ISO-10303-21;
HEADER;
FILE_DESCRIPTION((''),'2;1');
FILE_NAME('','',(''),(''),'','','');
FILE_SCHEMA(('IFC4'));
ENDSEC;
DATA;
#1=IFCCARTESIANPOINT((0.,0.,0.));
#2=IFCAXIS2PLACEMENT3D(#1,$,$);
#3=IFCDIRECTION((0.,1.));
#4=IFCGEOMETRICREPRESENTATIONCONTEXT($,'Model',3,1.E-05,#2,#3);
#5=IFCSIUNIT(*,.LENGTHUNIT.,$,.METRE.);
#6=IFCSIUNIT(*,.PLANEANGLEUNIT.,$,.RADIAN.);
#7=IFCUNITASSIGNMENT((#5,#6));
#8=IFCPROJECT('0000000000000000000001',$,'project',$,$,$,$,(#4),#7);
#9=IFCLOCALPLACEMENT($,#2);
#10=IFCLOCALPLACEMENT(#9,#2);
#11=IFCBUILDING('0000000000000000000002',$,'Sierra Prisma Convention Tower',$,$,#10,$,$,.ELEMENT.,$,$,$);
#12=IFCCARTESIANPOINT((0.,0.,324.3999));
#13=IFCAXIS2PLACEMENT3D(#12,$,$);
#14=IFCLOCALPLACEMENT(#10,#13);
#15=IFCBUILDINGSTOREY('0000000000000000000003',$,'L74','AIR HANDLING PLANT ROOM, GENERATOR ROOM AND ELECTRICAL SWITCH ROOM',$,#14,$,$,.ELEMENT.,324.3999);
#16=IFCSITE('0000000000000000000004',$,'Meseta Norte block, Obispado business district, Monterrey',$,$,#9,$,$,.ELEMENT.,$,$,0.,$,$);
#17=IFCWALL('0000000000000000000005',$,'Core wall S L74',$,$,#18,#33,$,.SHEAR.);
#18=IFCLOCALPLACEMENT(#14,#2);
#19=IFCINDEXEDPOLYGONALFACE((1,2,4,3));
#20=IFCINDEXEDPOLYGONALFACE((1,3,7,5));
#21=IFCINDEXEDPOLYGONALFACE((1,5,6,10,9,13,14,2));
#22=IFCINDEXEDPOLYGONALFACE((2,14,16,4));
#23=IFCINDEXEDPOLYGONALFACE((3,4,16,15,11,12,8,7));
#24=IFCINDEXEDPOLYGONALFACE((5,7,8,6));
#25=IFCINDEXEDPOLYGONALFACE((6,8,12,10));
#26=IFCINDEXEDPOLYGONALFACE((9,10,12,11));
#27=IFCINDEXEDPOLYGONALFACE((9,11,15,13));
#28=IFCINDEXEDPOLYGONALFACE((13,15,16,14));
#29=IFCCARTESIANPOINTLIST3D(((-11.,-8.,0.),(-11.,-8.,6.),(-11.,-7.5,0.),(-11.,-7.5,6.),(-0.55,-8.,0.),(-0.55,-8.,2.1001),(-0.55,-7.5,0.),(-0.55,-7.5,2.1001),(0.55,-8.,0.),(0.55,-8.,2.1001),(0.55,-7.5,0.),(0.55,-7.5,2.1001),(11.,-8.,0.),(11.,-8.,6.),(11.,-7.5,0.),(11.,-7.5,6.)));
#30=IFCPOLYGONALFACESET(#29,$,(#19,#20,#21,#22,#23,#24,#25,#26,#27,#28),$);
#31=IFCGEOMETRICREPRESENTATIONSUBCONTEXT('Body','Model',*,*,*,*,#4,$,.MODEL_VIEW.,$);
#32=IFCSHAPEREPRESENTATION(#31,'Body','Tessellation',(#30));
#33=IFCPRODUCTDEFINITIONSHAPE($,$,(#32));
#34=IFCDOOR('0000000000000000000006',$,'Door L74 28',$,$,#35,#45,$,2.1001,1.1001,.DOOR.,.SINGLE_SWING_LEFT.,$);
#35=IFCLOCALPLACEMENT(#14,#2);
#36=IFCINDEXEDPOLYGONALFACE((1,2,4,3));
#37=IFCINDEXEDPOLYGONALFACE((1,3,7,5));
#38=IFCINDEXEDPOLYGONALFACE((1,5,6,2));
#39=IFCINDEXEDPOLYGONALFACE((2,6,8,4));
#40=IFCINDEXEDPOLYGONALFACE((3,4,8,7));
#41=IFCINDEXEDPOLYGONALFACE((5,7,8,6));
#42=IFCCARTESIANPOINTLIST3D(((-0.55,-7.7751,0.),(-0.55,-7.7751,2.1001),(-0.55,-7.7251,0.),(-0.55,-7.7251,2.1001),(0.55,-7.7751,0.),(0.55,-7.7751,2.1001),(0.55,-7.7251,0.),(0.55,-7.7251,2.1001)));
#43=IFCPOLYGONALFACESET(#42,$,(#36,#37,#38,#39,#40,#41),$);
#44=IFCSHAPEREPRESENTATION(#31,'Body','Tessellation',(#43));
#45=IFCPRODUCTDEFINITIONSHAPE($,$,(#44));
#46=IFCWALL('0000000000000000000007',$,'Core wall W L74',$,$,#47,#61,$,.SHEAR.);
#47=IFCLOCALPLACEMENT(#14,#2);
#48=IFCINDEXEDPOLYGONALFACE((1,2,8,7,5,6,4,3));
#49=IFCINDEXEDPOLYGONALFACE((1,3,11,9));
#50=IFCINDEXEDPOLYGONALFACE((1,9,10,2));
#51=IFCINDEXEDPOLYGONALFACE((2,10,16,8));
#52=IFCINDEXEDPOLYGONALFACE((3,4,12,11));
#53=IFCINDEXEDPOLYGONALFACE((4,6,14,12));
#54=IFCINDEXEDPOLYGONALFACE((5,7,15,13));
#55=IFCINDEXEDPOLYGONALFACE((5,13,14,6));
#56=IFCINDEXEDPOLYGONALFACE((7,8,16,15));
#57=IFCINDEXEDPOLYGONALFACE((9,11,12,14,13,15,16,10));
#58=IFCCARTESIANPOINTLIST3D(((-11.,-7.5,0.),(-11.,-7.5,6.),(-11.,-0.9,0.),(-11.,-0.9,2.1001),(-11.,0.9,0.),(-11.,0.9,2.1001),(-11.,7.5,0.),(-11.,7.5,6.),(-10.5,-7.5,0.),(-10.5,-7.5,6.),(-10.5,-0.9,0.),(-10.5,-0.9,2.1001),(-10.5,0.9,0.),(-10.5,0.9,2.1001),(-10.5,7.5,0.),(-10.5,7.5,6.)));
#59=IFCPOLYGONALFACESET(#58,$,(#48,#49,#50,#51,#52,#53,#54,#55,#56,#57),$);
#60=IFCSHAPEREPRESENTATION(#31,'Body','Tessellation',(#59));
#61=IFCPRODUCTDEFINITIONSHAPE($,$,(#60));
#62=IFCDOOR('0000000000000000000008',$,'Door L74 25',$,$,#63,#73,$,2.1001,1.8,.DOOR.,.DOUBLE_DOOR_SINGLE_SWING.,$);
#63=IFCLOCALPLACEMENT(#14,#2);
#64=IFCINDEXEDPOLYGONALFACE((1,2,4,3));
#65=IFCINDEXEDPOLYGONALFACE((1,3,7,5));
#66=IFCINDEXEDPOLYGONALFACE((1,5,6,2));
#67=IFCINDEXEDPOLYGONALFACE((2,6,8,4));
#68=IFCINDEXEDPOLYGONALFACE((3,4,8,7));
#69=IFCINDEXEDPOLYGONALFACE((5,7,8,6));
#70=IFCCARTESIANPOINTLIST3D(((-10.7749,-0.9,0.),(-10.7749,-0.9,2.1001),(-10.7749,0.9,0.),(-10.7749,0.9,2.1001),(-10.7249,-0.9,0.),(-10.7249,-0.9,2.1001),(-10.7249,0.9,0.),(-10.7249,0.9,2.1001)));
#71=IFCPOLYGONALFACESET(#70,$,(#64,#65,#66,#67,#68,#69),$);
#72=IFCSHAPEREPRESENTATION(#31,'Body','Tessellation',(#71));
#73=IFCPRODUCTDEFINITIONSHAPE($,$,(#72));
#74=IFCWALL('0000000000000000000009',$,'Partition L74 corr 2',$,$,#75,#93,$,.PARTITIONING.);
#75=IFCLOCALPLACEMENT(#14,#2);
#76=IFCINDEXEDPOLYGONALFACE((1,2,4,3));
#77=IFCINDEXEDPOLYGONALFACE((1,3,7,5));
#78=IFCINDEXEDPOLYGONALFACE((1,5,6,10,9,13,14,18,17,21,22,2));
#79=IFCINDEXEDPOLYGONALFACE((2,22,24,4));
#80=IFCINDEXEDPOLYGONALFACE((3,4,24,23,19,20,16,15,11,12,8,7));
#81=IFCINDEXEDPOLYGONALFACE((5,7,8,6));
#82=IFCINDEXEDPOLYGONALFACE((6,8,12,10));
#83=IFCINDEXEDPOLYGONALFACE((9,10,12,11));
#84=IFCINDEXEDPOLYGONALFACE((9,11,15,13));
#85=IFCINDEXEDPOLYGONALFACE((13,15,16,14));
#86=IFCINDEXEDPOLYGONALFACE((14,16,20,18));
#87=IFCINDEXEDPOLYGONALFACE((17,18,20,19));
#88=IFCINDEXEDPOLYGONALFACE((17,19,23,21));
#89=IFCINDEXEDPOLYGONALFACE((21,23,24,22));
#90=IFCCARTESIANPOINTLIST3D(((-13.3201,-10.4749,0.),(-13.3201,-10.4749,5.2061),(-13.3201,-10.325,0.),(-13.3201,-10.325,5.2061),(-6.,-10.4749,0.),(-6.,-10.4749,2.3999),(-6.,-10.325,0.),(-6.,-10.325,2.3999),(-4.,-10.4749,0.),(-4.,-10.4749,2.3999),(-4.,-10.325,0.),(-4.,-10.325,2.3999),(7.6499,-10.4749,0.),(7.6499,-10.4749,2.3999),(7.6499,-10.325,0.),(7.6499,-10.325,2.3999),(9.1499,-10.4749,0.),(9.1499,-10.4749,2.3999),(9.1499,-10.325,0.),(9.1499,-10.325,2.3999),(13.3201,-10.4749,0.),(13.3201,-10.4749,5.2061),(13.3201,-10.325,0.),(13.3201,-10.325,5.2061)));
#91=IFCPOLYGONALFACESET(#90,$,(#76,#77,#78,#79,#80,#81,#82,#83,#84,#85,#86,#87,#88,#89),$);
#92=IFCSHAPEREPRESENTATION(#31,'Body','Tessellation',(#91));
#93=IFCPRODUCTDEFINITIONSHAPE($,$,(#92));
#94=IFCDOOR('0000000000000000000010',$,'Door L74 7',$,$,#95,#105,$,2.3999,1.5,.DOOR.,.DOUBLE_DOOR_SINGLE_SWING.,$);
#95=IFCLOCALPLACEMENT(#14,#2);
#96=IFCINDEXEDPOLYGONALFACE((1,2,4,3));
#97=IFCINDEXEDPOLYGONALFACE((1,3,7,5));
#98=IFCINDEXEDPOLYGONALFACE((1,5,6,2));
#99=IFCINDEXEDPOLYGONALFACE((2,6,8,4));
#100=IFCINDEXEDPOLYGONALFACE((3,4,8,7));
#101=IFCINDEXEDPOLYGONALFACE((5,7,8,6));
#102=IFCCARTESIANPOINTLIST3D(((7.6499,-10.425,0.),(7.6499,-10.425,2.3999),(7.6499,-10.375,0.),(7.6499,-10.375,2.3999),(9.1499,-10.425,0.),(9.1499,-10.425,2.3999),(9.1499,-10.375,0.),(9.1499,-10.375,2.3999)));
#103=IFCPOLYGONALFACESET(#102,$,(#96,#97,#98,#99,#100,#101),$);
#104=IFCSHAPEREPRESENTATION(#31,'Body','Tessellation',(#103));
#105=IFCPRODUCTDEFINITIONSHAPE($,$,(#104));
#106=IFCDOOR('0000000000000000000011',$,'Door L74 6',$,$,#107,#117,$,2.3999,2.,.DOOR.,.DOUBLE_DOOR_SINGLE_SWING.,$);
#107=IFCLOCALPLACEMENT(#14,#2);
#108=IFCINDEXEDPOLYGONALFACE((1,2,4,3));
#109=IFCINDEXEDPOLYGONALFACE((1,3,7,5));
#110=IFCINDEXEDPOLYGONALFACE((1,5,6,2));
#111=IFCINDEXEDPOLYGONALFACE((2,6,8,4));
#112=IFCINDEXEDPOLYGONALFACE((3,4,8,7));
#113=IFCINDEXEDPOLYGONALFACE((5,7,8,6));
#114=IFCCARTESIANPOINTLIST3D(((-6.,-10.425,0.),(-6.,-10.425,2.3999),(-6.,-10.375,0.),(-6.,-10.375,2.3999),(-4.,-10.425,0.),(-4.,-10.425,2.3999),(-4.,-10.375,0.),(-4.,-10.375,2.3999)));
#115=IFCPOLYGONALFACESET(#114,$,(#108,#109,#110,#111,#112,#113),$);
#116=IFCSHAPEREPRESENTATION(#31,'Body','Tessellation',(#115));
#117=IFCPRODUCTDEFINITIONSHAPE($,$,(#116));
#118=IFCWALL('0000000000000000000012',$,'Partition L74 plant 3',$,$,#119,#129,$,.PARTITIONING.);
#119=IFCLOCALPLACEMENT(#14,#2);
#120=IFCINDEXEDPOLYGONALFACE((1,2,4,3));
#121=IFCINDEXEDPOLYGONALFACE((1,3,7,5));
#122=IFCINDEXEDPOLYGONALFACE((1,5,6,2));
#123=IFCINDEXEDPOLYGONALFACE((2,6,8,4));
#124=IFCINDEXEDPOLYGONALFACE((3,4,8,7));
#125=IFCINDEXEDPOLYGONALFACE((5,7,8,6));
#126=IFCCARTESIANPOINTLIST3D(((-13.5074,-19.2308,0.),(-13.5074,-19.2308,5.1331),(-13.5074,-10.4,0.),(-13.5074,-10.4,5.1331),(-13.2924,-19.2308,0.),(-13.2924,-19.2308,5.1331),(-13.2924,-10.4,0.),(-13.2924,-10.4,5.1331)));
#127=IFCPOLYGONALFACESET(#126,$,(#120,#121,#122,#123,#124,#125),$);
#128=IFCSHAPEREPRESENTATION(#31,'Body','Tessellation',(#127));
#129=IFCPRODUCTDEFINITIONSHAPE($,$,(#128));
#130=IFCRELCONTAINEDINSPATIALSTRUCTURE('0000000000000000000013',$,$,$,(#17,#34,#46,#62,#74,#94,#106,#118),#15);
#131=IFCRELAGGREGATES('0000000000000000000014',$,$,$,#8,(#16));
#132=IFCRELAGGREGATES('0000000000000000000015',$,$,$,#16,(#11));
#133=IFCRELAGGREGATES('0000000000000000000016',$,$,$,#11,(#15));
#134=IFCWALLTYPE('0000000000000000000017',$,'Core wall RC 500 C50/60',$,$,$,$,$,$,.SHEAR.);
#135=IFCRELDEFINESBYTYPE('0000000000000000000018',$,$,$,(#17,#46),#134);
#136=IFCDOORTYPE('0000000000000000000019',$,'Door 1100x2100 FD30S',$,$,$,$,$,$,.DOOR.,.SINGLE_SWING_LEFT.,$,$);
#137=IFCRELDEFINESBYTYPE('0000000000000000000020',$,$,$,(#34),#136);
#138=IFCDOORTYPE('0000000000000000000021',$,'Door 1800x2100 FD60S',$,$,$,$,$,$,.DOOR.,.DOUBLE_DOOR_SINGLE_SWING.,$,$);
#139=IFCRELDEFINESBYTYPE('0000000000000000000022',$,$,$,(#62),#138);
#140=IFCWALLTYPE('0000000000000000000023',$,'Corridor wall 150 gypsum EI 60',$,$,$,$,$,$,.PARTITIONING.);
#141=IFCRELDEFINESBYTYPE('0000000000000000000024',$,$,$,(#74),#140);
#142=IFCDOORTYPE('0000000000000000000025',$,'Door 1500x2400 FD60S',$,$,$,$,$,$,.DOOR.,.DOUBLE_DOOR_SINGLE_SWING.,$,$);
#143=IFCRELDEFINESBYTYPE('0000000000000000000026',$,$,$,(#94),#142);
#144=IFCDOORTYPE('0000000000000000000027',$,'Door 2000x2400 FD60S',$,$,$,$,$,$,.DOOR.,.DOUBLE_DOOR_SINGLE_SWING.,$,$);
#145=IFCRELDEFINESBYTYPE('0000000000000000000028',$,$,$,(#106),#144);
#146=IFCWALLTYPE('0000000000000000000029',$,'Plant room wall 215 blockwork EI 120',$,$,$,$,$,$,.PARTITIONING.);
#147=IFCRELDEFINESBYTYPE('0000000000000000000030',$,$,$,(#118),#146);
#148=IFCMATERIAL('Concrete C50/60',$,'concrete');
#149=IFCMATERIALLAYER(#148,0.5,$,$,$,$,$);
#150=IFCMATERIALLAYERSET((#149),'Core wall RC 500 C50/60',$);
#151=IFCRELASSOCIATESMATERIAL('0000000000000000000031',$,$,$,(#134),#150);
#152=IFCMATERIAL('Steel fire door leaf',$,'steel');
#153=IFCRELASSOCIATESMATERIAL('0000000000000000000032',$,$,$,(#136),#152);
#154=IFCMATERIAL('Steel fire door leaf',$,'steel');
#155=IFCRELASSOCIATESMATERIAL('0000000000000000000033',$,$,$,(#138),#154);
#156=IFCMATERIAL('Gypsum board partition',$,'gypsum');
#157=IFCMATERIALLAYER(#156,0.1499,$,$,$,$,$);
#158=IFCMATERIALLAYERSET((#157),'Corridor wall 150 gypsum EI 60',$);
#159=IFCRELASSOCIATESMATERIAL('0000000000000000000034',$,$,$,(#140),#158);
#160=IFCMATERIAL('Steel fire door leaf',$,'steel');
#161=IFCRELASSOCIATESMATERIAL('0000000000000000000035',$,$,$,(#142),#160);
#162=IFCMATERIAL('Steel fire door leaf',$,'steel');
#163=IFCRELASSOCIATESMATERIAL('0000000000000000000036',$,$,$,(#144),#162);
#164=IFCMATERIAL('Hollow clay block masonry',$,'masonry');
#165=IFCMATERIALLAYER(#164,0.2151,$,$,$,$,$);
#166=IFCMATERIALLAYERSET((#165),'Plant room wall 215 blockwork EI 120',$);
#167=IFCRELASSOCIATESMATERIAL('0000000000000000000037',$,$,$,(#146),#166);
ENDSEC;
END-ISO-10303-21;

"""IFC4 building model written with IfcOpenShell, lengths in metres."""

from ifc_helpers import new_model, si_unit, direction, frame, frame_2d, origin, place, context, subcontext, project, spatial, rectangle, extrude, material, layer, layer_set, type_object, element, fill, save


model = new_model("IFC4")

# Units and contexts
model_context = context("Model", 3, precision=1e-05, world=origin(), true_north=direction((0.0, 1.0)))
body_context = subcontext(model_context, "Body", "Model", "MODEL_VIEW")
ifc_project = project(units=[si_unit("LENGTHUNIT", "METRE"), si_unit("PLANEANGLEUNIT", "RADIAN")], contexts=[model_context])

# Site, building, storey
site_placement = place(None, origin())
site = spatial("IfcSite", under=ifc_project, at=site_placement, Name="Meseta Norte block, Obispado business district, Monterrey", CompositionType="ELEMENT", RefElevation=0.0)
building_placement = place(site_placement, origin())
building = spatial("IfcBuilding", under=site, at=building_placement, Name="Sierra Prisma Convention Tower", CompositionType="ELEMENT")
storey_placement = place(building_placement, frame((0.0, 0.0, 324.3999)))
storey = spatial("IfcBuildingStorey", under=building, at=storey_placement, Name="L74", Description="AIR HANDLING PLANT ROOM, GENERATOR ROOM AND ELECTRICAL SWITCH ROOM", CompositionType="ELEMENT", Elevation=324.3999)

# Walls, openings, doors
ifc_material_1 = material(Name="Concrete C50/60", Category="concrete")
ifc_layer_1 = layer(ifc_material_1, 0.5)
ifc_layer_set_1 = layer_set([ifc_layer_1], Name="Core wall RC 500 C50/60")
wall_type_1 = type_object("IfcWallType", Name="Core wall RC 500 C50/60", PredefinedType="SHEAR", material=ifc_layer_set_1)
wall_1_placement = place(storey_placement, frame((-11.0, -7.75, 0.0), z_axis=(0.0, 0.0, 1.0), x_axis=(1.0, 0.0, 0.0)))
wall_1 = element("IfcWall", 1, at=wall_1_placement, inside=storey, type_object=wall_type_1, Name="Core wall S L74", PredefinedType="SHEAR", context=body_context, shape_type="SweptSolid", body=[
    extrude(rectangle(XDim=22.0, YDim=0.5, at=frame_2d((11.0, 0.0))), origin(), (0.0, 0.0, 1.0), 6.0),
])
opening_1_placement = place(wall_1_placement, frame((10.45, 0.0, 0.0)))
opening_1 = element("IfcOpeningElement", 2, at=opening_1_placement, cuts=wall_1, PredefinedType="OPENING", context=body_context, shape_type="SweptSolid", body=[
    extrude(rectangle(XDim=1.1001, YDim=2.1001, at=frame_2d((0.55, 1.05))), frame((0.0, 0.25, 0.0), z_axis=(0.0, -1.0, 0.0), x_axis=(1.0, 0.0, 0.0)), (0.0, 0.0, 1.0), 0.5),
])
ifc_material_2 = material(Name="Steel fire door leaf", Category="steel")
door_type_1 = type_object("IfcDoorType", Name="Door 1100x2100 FD30S", OperationType="SINGLE_SWING_LEFT", PredefinedType="DOOR", material=ifc_material_2)
door_1_placement = place(opening_1_placement, origin())
door_1 = element("IfcDoor", 3, at=door_1_placement, inside=storey, type_object=door_type_1, Name="Door L74 28", OperationType="SINGLE_SWING_LEFT", OverallHeight=2.1001, OverallWidth=1.1001, PredefinedType="DOOR", context=body_context, shape_type="SweptSolid", body=[
    extrude(rectangle(XDim=1.1001, YDim=2.1001, at=frame_2d((0.55, 1.05))), frame((0.0, 0.0249, 0.0), z_axis=(0.0, -1.0, 0.0), x_axis=(1.0, 0.0, 0.0)), (0.0, 0.0, 1.0), 0.05),
])
fill(opening_1, door_1)
wall_2_placement = place(storey_placement, frame((-10.75, -7.5, 0.0), z_axis=(0.0, 0.0, 1.0), x_axis=(0.0, 1.0, 0.0)))
wall_2 = element("IfcWall", 4, at=wall_2_placement, inside=storey, type_object=wall_type_1, Name="Core wall W L74", PredefinedType="SHEAR", context=body_context, shape_type="SweptSolid", body=[
    extrude(rectangle(XDim=15.0, YDim=0.5, at=frame_2d((7.5, 0.0))), origin(), (0.0, 0.0, 1.0), 6.0),
])
opening_2_placement = place(wall_2_placement, frame((6.6001, 0.0, 0.0)))
opening_2 = element("IfcOpeningElement", 5, at=opening_2_placement, cuts=wall_2, PredefinedType="OPENING", context=body_context, shape_type="SweptSolid", body=[
    extrude(rectangle(XDim=1.8, YDim=2.1001, at=frame_2d((0.8999, 1.05))), frame((0.0, 0.25, 0.0), z_axis=(0.0, -1.0, 0.0), x_axis=(1.0, 0.0, 0.0)), (0.0, 0.0, 1.0), 0.5),
])
ifc_material_3 = material(Name="Steel fire door leaf", Category="steel")
door_type_2 = type_object("IfcDoorType", Name="Door 1800x2100 FD60S", OperationType="DOUBLE_DOOR_SINGLE_SWING", PredefinedType="DOOR", material=ifc_material_3)
door_2_placement = place(opening_2_placement, origin())
door_2 = element("IfcDoor", 6, at=door_2_placement, inside=storey, type_object=door_type_2, Name="Door L74 25", OperationType="DOUBLE_DOOR_SINGLE_SWING", OverallHeight=2.1001, OverallWidth=1.8, PredefinedType="DOOR", context=body_context, shape_type="SweptSolid", body=[
    extrude(rectangle(XDim=1.8, YDim=2.1001, at=frame_2d((0.8999, 1.05))), frame((0.0, 0.0249, 0.0), z_axis=(0.0, -1.0, 0.0), x_axis=(1.0, 0.0, 0.0)), (0.0, 0.0, 1.0), 0.05),
])
fill(opening_2, door_2)

# Wall, openings, doors
ifc_material_4 = material(Name="Gypsum board partition", Category="gypsum")
ifc_layer_2 = layer(ifc_material_4, 0.1499)
ifc_layer_set_2 = layer_set([ifc_layer_2], Name="Corridor wall 150 gypsum EI 60")
wall_type_2 = type_object("IfcWallType", Name="Corridor wall 150 gypsum EI 60", PredefinedType="PARTITIONING", material=ifc_layer_set_2)
wall_3_placement = place(storey_placement, frame((-13.3201, -10.3999, 0.0), z_axis=(0.0, 0.0, 1.0), x_axis=(1.0, 0.0, 0.0)))
wall_3 = element("IfcWall", 7, at=wall_3_placement, inside=storey, type_object=wall_type_2, Name="Partition L74 corr 2", PredefinedType="PARTITIONING", context=body_context, shape_type="SweptSolid", body=[
    extrude(rectangle(XDim=26.6401, YDim=0.1499, at=frame_2d((13.3201, 0.0))), origin(), (0.0, 0.0, 1.0), 5.2061),
])
opening_3_placement = place(wall_3_placement, frame((7.3201, 0.0, 0.0)))
opening_3 = element("IfcOpeningElement", 8, at=opening_3_placement, cuts=wall_3, PredefinedType="OPENING", context=body_context, shape_type="SweptSolid", body=[
    extrude(rectangle(XDim=2.0, YDim=2.3999, at=frame_2d((1.0, 1.2))), frame((0.0, 0.075, 0.0), z_axis=(0.0, -1.0, 0.0), x_axis=(1.0, 0.0, 0.0)), (0.0, 0.0, 1.0), 0.1499),
])
opening_4_placement = place(wall_3_placement, frame((20.97, 0.0, 0.0)))
opening_4 = element("IfcOpeningElement", 9, at=opening_4_placement, cuts=wall_3, PredefinedType="OPENING", context=body_context, shape_type="SweptSolid", body=[
    extrude(rectangle(XDim=1.5, YDim=2.3999, at=frame_2d((0.75, 1.2))), frame((0.0, 0.075, 0.0), z_axis=(0.0, -1.0, 0.0), x_axis=(1.0, 0.0, 0.0)), (0.0, 0.0, 1.0), 0.1499),
])
ifc_material_5 = material(Name="Steel fire door leaf", Category="steel")
door_type_3 = type_object("IfcDoorType", Name="Door 1500x2400 FD60S", OperationType="DOUBLE_DOOR_SINGLE_SWING", PredefinedType="DOOR", material=ifc_material_5)
door_3_placement = place(opening_4_placement, origin())
door_3 = element("IfcDoor", 10, at=door_3_placement, inside=storey, type_object=door_type_3, Name="Door L74 7", OperationType="DOUBLE_DOOR_SINGLE_SWING", OverallHeight=2.3999, OverallWidth=1.5, PredefinedType="DOOR", context=body_context, shape_type="SweptSolid", body=[
    extrude(rectangle(XDim=1.5, YDim=2.3999, at=frame_2d((0.75, 1.2))), frame((0.0, 0.0249, 0.0), z_axis=(0.0, -1.0, 0.0), x_axis=(1.0, 0.0, 0.0)), (0.0, 0.0, 1.0), 0.05),
])
fill(opening_4, door_3)
ifc_material_6 = material(Name="Steel fire door leaf", Category="steel")
door_type_4 = type_object("IfcDoorType", Name="Door 2000x2400 FD60S", OperationType="DOUBLE_DOOR_SINGLE_SWING", PredefinedType="DOOR", material=ifc_material_6)
door_4_placement = place(opening_3_placement, origin())
door_4 = element("IfcDoor", 11, at=door_4_placement, inside=storey, type_object=door_type_4, Name="Door L74 6", OperationType="DOUBLE_DOOR_SINGLE_SWING", OverallHeight=2.3999, OverallWidth=2.0, PredefinedType="DOOR", context=body_context, shape_type="SweptSolid", body=[
    extrude(rectangle(XDim=2.0, YDim=2.3999, at=frame_2d((1.0, 1.2))), frame((0.0, 0.0249, 0.0), z_axis=(0.0, -1.0, 0.0), x_axis=(1.0, 0.0, 0.0)), (0.0, 0.0, 1.0), 0.05),
])
fill(opening_3, door_4)

# Wall
ifc_material_7 = material(Name="Hollow clay block masonry", Category="masonry")
ifc_layer_3 = layer(ifc_material_7, 0.2151)
ifc_layer_set_3 = layer_set([ifc_layer_3], Name="Plant room wall 215 blockwork EI 120")
wall_type_3 = type_object("IfcWallType", Name="Plant room wall 215 blockwork EI 120", PredefinedType="PARTITIONING", material=ifc_layer_set_3)
wall_4_placement = place(storey_placement, frame((-13.3999, -10.3999, 0.0), z_axis=(0.0, 0.0, 1.0), x_axis=(0.0, -1.0, 0.0)))
element("IfcWall", 12, at=wall_4_placement, inside=storey, type_object=wall_type_3, Name="Partition L74 plant 3", PredefinedType="PARTITIONING", context=body_context, shape_type="SweptSolid", body=[
    extrude(rectangle(XDim=8.8308, YDim=0.2151, at=frame_2d((4.4155, 0.0))), origin(), (0.0, 0.0, 1.0), 5.1331),
])

save(model, "model.ifc")
